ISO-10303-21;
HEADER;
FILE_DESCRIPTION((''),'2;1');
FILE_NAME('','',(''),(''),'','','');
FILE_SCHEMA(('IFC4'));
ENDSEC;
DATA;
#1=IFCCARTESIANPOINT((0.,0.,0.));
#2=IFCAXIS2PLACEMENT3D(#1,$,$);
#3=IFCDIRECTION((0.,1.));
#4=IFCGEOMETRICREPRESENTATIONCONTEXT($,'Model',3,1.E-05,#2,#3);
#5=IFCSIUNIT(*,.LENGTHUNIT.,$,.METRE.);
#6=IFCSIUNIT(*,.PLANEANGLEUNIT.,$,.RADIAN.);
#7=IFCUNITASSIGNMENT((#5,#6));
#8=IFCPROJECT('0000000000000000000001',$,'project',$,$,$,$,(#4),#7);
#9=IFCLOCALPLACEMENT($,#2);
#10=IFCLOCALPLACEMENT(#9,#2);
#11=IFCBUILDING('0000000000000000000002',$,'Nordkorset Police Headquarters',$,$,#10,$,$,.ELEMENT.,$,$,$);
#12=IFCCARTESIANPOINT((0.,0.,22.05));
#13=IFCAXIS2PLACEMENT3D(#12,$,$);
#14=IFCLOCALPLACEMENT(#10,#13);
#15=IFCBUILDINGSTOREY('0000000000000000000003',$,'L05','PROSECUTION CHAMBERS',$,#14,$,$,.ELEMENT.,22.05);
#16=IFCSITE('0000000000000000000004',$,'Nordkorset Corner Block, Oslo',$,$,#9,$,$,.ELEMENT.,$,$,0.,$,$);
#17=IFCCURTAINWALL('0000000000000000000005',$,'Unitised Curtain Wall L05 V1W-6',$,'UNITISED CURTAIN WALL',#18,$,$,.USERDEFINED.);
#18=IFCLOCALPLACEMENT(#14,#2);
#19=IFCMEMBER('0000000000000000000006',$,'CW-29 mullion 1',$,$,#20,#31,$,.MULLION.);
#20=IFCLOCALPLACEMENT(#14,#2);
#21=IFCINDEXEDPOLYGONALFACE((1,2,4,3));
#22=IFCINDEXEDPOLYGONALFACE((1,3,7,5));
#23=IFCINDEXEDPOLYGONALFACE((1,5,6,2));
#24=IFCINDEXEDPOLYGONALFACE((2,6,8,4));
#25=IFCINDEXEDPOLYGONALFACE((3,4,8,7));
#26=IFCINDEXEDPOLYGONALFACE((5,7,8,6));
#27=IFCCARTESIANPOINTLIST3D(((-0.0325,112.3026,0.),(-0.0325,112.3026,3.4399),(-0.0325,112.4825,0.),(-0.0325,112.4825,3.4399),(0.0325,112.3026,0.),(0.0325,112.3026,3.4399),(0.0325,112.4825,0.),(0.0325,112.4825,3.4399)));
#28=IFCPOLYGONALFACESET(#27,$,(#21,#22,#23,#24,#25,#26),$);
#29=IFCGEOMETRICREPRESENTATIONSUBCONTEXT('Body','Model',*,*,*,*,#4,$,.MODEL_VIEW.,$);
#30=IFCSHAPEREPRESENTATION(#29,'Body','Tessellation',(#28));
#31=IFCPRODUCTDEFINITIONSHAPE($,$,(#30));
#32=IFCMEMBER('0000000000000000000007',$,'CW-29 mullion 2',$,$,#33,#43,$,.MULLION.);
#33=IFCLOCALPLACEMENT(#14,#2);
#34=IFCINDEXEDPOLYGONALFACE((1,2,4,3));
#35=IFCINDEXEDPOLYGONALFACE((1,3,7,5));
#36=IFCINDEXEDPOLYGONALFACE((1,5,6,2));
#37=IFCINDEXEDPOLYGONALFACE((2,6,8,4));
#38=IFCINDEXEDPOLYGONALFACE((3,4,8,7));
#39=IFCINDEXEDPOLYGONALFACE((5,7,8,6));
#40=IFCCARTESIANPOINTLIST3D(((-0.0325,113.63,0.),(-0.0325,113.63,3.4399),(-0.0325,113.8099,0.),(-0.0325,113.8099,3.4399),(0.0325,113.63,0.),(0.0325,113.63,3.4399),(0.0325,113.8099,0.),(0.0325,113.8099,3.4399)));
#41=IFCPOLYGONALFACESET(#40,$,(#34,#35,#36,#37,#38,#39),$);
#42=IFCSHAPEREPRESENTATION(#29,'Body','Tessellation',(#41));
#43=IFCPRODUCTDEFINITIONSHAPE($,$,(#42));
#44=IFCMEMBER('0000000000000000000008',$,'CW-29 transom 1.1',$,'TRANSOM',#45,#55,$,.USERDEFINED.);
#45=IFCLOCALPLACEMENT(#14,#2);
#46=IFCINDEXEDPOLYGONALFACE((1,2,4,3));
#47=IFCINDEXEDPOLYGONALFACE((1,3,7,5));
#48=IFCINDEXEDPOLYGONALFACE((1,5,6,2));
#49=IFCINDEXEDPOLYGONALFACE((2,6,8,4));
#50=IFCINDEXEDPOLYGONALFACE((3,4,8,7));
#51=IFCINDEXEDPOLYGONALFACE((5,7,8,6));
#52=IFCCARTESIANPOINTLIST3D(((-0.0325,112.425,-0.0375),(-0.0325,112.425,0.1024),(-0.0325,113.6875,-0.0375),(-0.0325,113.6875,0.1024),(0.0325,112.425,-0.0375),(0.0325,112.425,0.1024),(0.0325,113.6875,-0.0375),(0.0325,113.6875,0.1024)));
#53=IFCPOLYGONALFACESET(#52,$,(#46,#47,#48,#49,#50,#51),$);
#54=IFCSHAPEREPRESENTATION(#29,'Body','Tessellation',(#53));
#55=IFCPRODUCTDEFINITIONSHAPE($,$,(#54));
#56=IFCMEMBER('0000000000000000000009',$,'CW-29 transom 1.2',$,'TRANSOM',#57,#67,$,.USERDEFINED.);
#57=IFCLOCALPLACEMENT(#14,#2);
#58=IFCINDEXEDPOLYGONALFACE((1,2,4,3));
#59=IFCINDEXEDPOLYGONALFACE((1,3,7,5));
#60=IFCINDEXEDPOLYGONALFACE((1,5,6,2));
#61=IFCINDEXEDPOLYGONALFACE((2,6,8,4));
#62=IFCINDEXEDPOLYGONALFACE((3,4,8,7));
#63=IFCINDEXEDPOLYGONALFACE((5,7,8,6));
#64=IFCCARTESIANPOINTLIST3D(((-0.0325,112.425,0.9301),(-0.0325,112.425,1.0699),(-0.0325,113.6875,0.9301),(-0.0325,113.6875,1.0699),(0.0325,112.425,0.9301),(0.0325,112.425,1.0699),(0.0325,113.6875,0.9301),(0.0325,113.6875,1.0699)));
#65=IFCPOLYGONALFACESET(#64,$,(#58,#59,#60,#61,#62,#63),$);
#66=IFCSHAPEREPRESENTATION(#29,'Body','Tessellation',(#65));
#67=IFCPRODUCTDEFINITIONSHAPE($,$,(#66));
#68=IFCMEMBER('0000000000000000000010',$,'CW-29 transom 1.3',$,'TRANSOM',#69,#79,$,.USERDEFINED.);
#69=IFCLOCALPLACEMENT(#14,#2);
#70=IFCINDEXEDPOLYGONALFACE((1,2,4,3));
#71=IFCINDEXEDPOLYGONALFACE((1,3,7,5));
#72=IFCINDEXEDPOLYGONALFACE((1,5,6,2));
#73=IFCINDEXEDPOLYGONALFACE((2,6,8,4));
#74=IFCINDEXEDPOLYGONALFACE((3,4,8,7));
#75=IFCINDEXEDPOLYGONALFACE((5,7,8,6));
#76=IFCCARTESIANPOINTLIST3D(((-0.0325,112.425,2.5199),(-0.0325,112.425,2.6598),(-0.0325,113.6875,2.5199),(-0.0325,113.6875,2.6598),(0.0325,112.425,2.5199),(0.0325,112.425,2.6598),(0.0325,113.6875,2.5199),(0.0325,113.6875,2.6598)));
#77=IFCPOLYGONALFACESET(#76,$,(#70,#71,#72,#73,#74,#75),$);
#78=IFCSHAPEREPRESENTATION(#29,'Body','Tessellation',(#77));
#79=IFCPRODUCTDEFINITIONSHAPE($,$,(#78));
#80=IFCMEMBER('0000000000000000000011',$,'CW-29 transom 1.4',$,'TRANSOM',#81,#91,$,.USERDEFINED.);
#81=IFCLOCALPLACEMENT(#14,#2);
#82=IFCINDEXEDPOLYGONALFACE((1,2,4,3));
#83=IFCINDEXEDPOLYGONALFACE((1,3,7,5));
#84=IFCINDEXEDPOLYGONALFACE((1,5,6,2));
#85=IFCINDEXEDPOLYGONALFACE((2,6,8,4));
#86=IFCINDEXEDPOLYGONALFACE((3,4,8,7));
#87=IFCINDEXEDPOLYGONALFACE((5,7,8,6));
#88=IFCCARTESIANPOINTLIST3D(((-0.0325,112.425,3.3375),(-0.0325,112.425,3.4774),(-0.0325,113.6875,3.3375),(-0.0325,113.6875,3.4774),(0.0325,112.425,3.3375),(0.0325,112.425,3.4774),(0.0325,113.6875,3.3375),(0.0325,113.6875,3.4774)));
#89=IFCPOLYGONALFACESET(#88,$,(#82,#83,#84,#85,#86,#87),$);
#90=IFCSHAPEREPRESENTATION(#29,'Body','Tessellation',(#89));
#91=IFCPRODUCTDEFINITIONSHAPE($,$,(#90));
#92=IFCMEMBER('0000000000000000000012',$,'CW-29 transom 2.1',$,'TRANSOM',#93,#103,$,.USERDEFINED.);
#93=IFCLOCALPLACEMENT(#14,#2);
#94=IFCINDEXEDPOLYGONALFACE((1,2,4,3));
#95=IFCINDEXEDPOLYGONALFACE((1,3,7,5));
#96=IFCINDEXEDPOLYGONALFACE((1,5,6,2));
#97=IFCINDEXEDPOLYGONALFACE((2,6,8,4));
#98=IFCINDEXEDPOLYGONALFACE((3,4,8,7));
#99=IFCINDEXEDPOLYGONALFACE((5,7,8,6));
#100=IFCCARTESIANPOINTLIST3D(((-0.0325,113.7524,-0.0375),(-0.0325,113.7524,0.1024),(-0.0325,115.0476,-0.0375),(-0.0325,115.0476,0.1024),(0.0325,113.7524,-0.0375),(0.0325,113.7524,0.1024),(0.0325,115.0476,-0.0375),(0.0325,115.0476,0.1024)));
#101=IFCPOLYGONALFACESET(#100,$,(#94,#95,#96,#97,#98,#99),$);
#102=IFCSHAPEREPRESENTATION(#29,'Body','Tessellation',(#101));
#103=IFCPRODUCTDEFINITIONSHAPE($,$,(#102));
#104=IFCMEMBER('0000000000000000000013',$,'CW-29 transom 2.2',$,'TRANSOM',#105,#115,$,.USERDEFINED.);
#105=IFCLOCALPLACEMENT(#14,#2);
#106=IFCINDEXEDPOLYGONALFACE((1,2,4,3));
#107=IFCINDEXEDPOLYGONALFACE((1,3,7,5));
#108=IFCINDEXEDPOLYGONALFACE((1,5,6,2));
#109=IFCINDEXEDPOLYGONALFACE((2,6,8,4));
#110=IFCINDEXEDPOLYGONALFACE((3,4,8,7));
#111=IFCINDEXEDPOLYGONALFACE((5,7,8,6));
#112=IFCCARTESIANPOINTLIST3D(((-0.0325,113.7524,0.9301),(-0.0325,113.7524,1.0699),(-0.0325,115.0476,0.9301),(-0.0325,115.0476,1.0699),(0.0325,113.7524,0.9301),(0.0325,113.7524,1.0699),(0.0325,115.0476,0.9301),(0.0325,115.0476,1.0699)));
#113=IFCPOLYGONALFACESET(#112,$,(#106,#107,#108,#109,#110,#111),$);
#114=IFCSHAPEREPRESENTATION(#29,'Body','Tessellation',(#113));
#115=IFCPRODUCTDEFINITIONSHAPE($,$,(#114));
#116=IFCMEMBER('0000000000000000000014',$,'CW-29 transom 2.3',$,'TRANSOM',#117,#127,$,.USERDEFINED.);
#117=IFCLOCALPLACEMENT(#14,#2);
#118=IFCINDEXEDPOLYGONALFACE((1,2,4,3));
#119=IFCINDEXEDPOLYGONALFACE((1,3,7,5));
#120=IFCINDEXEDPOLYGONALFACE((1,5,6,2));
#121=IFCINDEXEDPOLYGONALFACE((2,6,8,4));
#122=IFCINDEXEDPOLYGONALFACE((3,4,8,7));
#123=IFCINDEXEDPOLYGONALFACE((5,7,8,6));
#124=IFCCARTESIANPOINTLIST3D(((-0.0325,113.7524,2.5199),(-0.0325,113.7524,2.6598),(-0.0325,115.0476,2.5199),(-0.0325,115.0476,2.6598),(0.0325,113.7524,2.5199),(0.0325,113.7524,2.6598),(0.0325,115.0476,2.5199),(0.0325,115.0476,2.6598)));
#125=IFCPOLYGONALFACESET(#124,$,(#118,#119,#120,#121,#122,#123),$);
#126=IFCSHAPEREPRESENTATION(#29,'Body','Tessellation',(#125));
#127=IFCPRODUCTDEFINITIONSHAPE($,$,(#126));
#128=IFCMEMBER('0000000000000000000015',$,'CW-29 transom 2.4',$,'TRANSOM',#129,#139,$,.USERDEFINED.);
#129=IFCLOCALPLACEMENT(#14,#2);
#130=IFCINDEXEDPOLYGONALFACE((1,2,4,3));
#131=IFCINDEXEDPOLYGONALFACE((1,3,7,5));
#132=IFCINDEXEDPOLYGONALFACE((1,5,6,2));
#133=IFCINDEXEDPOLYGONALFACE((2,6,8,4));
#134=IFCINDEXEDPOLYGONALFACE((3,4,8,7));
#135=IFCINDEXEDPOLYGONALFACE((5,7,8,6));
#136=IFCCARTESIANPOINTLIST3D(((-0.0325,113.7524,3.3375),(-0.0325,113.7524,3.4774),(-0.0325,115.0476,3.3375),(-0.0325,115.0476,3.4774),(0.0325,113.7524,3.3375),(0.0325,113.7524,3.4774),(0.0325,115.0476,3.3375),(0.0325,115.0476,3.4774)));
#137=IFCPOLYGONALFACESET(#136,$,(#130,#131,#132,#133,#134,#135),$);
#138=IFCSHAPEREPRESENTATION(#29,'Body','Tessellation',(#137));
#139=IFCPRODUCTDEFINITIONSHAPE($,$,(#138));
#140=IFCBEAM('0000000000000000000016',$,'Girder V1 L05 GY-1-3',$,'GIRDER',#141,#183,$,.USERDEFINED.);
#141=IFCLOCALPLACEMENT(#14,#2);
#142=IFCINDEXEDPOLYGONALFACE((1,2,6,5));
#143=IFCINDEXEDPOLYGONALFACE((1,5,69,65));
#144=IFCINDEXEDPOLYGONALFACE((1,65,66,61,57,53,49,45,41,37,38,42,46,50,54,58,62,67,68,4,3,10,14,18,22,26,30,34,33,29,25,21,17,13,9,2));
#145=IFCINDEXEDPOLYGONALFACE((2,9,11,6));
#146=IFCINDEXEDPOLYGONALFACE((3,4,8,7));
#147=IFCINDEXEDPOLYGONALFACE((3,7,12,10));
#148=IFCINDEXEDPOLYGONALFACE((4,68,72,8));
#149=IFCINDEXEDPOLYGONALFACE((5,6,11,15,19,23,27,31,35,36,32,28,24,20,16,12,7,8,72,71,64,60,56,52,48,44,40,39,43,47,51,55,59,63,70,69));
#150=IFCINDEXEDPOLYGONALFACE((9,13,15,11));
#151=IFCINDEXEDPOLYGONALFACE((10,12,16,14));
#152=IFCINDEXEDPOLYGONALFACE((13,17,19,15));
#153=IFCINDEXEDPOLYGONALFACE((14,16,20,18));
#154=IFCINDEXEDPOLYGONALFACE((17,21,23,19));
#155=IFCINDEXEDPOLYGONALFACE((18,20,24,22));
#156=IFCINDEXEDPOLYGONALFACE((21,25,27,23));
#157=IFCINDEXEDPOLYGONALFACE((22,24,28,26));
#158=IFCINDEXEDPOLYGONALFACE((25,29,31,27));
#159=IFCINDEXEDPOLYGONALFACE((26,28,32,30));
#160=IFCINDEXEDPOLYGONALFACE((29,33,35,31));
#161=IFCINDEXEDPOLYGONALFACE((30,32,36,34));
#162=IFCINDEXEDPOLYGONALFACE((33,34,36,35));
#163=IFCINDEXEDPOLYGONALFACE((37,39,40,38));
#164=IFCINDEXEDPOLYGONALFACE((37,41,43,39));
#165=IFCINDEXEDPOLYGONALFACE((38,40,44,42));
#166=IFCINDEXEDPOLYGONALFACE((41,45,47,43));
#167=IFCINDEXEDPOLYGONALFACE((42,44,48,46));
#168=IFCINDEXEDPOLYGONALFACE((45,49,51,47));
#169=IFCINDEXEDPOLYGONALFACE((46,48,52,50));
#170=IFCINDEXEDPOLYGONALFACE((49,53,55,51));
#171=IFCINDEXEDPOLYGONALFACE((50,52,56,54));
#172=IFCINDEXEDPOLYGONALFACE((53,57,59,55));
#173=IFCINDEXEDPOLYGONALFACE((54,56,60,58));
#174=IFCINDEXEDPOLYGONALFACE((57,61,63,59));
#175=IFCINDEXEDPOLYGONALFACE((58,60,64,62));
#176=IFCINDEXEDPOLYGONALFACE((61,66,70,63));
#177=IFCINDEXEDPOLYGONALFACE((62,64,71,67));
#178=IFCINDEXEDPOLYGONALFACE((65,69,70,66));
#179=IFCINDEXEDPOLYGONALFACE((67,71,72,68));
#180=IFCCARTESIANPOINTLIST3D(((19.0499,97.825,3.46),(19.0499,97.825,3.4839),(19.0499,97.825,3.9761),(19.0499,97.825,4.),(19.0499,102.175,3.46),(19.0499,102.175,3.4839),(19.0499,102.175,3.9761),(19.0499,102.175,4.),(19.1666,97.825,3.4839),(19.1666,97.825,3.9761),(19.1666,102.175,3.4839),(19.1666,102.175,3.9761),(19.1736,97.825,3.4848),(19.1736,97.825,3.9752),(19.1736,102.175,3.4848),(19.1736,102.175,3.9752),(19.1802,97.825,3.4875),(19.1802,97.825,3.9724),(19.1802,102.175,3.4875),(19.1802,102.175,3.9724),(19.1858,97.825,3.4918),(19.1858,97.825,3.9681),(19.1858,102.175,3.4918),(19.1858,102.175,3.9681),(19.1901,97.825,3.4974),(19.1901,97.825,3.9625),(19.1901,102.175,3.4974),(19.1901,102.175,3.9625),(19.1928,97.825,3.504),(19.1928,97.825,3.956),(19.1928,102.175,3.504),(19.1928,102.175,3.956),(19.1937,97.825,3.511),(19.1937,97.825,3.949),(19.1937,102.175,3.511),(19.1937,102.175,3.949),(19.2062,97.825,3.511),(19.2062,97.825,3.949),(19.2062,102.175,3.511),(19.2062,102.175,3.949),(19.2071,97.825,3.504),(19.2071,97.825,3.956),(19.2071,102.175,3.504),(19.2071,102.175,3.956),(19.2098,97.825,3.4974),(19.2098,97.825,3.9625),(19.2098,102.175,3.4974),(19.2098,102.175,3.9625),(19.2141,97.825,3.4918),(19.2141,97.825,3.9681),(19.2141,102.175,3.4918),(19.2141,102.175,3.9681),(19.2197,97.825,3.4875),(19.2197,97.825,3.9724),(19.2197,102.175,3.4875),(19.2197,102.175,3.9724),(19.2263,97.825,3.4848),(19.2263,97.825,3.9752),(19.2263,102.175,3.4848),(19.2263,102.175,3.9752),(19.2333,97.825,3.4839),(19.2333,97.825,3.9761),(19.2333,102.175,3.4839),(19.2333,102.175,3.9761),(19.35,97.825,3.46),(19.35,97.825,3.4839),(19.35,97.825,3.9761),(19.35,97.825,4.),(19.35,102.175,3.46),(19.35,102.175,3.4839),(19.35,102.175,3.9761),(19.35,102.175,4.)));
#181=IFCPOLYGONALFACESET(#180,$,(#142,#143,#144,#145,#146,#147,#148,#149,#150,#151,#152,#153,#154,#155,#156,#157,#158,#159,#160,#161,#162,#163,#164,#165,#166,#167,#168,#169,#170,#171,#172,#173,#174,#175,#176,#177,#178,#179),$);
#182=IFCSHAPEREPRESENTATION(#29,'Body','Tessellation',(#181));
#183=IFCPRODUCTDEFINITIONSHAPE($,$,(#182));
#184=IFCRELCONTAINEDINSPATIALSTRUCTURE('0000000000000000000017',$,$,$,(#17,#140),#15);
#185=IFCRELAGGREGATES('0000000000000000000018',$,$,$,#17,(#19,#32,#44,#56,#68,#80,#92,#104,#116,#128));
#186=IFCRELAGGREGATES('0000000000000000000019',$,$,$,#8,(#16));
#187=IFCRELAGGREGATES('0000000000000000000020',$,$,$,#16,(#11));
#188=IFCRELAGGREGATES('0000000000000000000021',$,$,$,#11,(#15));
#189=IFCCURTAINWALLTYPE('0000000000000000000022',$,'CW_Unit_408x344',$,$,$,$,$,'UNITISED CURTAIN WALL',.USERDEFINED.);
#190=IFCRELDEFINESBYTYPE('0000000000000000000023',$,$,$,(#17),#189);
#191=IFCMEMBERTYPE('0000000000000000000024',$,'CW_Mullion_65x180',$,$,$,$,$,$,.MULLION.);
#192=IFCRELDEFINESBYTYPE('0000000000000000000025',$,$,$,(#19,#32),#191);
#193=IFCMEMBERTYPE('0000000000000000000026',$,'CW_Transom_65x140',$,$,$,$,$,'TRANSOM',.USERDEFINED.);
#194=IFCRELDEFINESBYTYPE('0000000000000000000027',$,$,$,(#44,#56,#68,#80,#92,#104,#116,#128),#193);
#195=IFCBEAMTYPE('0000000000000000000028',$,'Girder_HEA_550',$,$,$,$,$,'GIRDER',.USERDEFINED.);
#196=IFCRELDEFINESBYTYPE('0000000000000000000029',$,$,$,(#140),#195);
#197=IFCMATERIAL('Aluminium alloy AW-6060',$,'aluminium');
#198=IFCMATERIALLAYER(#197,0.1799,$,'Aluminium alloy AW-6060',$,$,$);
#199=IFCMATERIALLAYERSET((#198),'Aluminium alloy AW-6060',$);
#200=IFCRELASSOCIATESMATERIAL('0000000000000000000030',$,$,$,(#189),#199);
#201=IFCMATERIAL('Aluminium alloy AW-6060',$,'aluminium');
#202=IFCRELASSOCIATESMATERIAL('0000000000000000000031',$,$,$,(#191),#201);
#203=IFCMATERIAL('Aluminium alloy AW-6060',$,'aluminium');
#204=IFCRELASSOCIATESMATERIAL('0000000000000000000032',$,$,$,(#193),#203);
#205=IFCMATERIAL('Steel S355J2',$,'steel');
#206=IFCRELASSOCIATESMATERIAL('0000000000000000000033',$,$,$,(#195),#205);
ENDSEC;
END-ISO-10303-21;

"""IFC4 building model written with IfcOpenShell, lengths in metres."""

from ifc_helpers import new_model, si_unit, direction, frame, origin, origin_2d, place, context, subcontext, project, spatial, rectangle, i_section, extrude, material, layer, layer_set, material_profile, profile_set, type_object, element, aggregate, save


model = new_model("IFC4")

# Units and contexts
model_context = context("Model", 3, precision=1e-05, world=origin(), true_north=direction((0.0, 1.0)))
body_context = subcontext(model_context, "Body", "Model", "MODEL_VIEW")
ifc_project = project(units=[si_unit("LENGTHUNIT", "METRE"), si_unit("PLANEANGLEUNIT", "RADIAN")], contexts=[model_context])

# Site, building, storey
site_placement = place(None, origin())
site = spatial("IfcSite", under=ifc_project, at=site_placement, Name="Nordkorset Corner Block, Oslo", CompositionType="ELEMENT", RefElevation=0.0)
building_placement = place(site_placement, origin())
building = spatial("IfcBuilding", under=site, at=building_placement, Name="Nordkorset Police Headquarters", CompositionType="ELEMENT")
storey_placement = place(building_placement, frame((0.0, 0.0, 22.05)))
storey = spatial("IfcBuildingStorey", under=building, at=storey_placement, Name="L05", Description="PROSECUTION CHAMBERS", CompositionType="ELEMENT", Elevation=22.05)

# Curtain wall, members
ifc_material_1 = material(Name="Aluminium alloy AW-6060", Category="aluminium")
ifc_layer_1 = layer(ifc_material_1, 0.1799, Name="Aluminium alloy AW-6060")
ifc_layer_set_1 = layer_set([ifc_layer_1], Name="Aluminium alloy AW-6060")
curtain_wall_type = type_object("IfcCurtainWallType", Name="CW_Unit_408x344", ElementType="UNITISED CURTAIN WALL", PredefinedType="USERDEFINED", material=ifc_layer_set_1)
curtain_wall_placement = place(storey_placement, origin())
curtain_wall = element("IfcCurtainWall", 1, at=curtain_wall_placement, inside=storey, type_object=curtain_wall_type, Name="Unitised Curtain Wall L05 V1W-6", ObjectType="UNITISED CURTAIN WALL", PredefinedType="USERDEFINED")
ifc_material_2 = material(Name="Aluminium alloy AW-6060", Category="aluminium")
ifc_material_profile_1 = material_profile(ifc_material_2, rectangle(XDim=0.0649, YDim=0.1799, at=origin_2d()), Name="ALU MULL 65x180")
ifc_profile_set_1 = profile_set([ifc_material_profile_1], Name="Aluminium alloy AW-6060")
member_type_1 = type_object("IfcMemberType", Name="CW_Mullion_65x180", PredefinedType="MULLION", material=ifc_profile_set_1)
member_1_placement = place(storey_placement, frame((0.0, 112.3926, 0.0), z_axis=(0.0, 0.0, 1.0), x_axis=(-1.0, 0.0, 0.0)))
member_1 = element("IfcMember", 2, at=member_1_placement, type_object=member_type_1, Name="CW-29 mullion 1", PredefinedType="MULLION", context=body_context, shape_type="SweptSolid", body=[
    extrude(rectangle(XDim=0.0649, YDim=0.1799, at=origin_2d()), origin(), (0.0, 0.0, 1.0), 3.4399),
])
member_2_placement = place(storey_placement, frame((0.0, 113.72, 0.0), z_axis=(0.0, 0.0, 1.0), x_axis=(-1.0, 0.0, 0.0)))
member_2 = element("IfcMember", 3, at=member_2_placement, type_object=member_type_1, Name="CW-29 mullion 2", PredefinedType="MULLION", context=body_context, shape_type="SweptSolid", body=[
    extrude(rectangle(XDim=0.0649, YDim=0.1799, at=origin_2d()), origin(), (0.0, 0.0, 1.0), 3.4399),
])
ifc_material_3 = material(Name="Aluminium alloy AW-6060", Category="aluminium")
ifc_material_profile_2 = material_profile(ifc_material_3, rectangle(XDim=0.0649, YDim=0.1399, at=origin_2d()), Name="ALU TRAN 65x140")
ifc_profile_set_2 = profile_set([ifc_material_profile_2], Name="Aluminium alloy AW-6060")
member_type_2 = type_object("IfcMemberType", Name="CW_Transom_65x140", ElementType="TRANSOM", PredefinedType="USERDEFINED", material=ifc_profile_set_2)
member_3_placement = place(storey_placement, frame((0.0, 112.425, 0.0325), z_axis=(0.0, 1.0, 0.0), x_axis=(-1.0, 0.0, 0.0)))
member_3 = element("IfcMember", 4, at=member_3_placement, type_object=member_type_2, Name="CW-29 transom 1.1", ObjectType="TRANSOM", PredefinedType="USERDEFINED", context=body_context, shape_type="SweptSolid", body=[
    extrude(rectangle(XDim=0.0649, YDim=0.1399, at=origin_2d()), origin(), (0.0, 0.0, 1.0), 1.2625),
])
member_4_placement = place(storey_placement, frame((0.0, 112.425, 1.0), z_axis=(0.0, 1.0, 0.0), x_axis=(-1.0, 0.0, 0.0)))
member_4 = element("IfcMember", 5, at=member_4_placement, type_object=member_type_2, Name="CW-29 transom 1.2", ObjectType="TRANSOM", PredefinedType="USERDEFINED", context=body_context, shape_type="SweptSolid", body=[
    extrude(rectangle(XDim=0.0649, YDim=0.1399, at=origin_2d()), origin(), (0.0, 0.0, 1.0), 1.2625),
])
member_5_placement = place(storey_placement, frame((0.0, 112.425, 2.5898), z_axis=(0.0, 1.0, 0.0), x_axis=(-1.0, 0.0, 0.0)))
member_5 = element("IfcMember", 6, at=member_5_placement, type_object=member_type_2, Name="CW-29 transom 1.3", ObjectType="TRANSOM", PredefinedType="USERDEFINED", context=body_context, shape_type="SweptSolid", body=[
    extrude(rectangle(XDim=0.0649, YDim=0.1399, at=origin_2d()), origin(), (0.0, 0.0, 1.0), 1.2625),
])
member_6_placement = place(storey_placement, frame((0.0, 112.425, 3.4075), z_axis=(0.0, 1.0, 0.0), x_axis=(-1.0, 0.0, 0.0)))
member_6 = element("IfcMember", 7, at=member_6_placement, type_object=member_type_2, Name="CW-29 transom 1.4", ObjectType="TRANSOM", PredefinedType="USERDEFINED", context=body_context, shape_type="SweptSolid", body=[
    extrude(rectangle(XDim=0.0649, YDim=0.1399, at=origin_2d()), origin(), (0.0, 0.0, 1.0), 1.2625),
])
member_7_placement = place(storey_placement, frame((0.0, 113.7524, 0.0325), z_axis=(0.0, 1.0, 0.0), x_axis=(-1.0, 0.0, 0.0)))
member_7 = element("IfcMember", 8, at=member_7_placement, type_object=member_type_2, Name="CW-29 transom 2.1", ObjectType="TRANSOM", PredefinedType="USERDEFINED", context=body_context, shape_type="SweptSolid", body=[
    extrude(rectangle(XDim=0.0649, YDim=0.1399, at=origin_2d()), origin(), (0.0, 0.0, 1.0), 1.2952),
])
member_8_placement = place(storey_placement, frame((0.0, 113.7524, 1.0), z_axis=(0.0, 1.0, 0.0), x_axis=(-1.0, 0.0, 0.0)))
member_8 = element("IfcMember", 9, at=member_8_placement, type_object=member_type_2, Name="CW-29 transom 2.2", ObjectType="TRANSOM", PredefinedType="USERDEFINED", context=body_context, shape_type="SweptSolid", body=[
    extrude(rectangle(XDim=0.0649, YDim=0.1399, at=origin_2d()), origin(), (0.0, 0.0, 1.0), 1.2952),
])
member_9_placement = place(storey_placement, frame((0.0, 113.7524, 2.5898), z_axis=(0.0, 1.0, 0.0), x_axis=(-1.0, 0.0, 0.0)))
member_9 = element("IfcMember", 10, at=member_9_placement, type_object=member_type_2, Name="CW-29 transom 2.3", ObjectType="TRANSOM", PredefinedType="USERDEFINED", context=body_context, shape_type="SweptSolid", body=[
    extrude(rectangle(XDim=0.0649, YDim=0.1399, at=origin_2d()), origin(), (0.0, 0.0, 1.0), 1.2952),
])
member_10_placement = place(storey_placement, frame((0.0, 113.7524, 3.4075), z_axis=(0.0, 1.0, 0.0), x_axis=(-1.0, 0.0, 0.0)))
member_10 = element("IfcMember", 11, at=member_10_placement, type_object=member_type_2, Name="CW-29 transom 2.4", ObjectType="TRANSOM", PredefinedType="USERDEFINED", context=body_context, shape_type="SweptSolid", body=[
    extrude(rectangle(XDim=0.0649, YDim=0.1399, at=origin_2d()), origin(), (0.0, 0.0, 1.0), 1.2952),
])

# Beam
ifc_material_4 = material(Name="Steel S355J2", Category="steel")
ifc_material_profile_3 = material_profile(ifc_material_4, i_section(OverallWidth=0.3, OverallDepth=0.54, WebThickness=0.0125, FlangeThickness=0.0239, FilletRadius=0.0271, at=origin_2d()), Name="HEA 550")
ifc_profile_set_3 = profile_set([ifc_material_profile_3], Name="Steel S355J2")
beam_type_1 = type_object("IfcBeamType", Name="Girder_HEA_550", ElementType="GIRDER", PredefinedType="USERDEFINED", material=ifc_profile_set_3)
beam_placement = place(storey_placement, frame((19.2, 97.825, 3.73), z_axis=(0.0, 1.0, 0.0), x_axis=(-1.0, 0.0, 0.0)))
element("IfcBeam", 12, at=beam_placement, inside=storey, type_object=beam_type_1, Name="Girder V1 L05 GY-1-3", ObjectType="GIRDER", PredefinedType="USERDEFINED", context=body_context, shape_type="SweptSolid", body=[
    extrude(i_section(OverallWidth=0.3, OverallDepth=0.54, WebThickness=0.0125, FlangeThickness=0.0239, FilletRadius=0.0271, at=origin_2d()), origin(), (0.0, 0.0, 1.0), 4.3501),
])

aggregate(curtain_wall, [member_1, member_2, member_3, member_4, member_5, member_6, member_7, member_8, member_9, member_10])

save(model, "model.ifc")
